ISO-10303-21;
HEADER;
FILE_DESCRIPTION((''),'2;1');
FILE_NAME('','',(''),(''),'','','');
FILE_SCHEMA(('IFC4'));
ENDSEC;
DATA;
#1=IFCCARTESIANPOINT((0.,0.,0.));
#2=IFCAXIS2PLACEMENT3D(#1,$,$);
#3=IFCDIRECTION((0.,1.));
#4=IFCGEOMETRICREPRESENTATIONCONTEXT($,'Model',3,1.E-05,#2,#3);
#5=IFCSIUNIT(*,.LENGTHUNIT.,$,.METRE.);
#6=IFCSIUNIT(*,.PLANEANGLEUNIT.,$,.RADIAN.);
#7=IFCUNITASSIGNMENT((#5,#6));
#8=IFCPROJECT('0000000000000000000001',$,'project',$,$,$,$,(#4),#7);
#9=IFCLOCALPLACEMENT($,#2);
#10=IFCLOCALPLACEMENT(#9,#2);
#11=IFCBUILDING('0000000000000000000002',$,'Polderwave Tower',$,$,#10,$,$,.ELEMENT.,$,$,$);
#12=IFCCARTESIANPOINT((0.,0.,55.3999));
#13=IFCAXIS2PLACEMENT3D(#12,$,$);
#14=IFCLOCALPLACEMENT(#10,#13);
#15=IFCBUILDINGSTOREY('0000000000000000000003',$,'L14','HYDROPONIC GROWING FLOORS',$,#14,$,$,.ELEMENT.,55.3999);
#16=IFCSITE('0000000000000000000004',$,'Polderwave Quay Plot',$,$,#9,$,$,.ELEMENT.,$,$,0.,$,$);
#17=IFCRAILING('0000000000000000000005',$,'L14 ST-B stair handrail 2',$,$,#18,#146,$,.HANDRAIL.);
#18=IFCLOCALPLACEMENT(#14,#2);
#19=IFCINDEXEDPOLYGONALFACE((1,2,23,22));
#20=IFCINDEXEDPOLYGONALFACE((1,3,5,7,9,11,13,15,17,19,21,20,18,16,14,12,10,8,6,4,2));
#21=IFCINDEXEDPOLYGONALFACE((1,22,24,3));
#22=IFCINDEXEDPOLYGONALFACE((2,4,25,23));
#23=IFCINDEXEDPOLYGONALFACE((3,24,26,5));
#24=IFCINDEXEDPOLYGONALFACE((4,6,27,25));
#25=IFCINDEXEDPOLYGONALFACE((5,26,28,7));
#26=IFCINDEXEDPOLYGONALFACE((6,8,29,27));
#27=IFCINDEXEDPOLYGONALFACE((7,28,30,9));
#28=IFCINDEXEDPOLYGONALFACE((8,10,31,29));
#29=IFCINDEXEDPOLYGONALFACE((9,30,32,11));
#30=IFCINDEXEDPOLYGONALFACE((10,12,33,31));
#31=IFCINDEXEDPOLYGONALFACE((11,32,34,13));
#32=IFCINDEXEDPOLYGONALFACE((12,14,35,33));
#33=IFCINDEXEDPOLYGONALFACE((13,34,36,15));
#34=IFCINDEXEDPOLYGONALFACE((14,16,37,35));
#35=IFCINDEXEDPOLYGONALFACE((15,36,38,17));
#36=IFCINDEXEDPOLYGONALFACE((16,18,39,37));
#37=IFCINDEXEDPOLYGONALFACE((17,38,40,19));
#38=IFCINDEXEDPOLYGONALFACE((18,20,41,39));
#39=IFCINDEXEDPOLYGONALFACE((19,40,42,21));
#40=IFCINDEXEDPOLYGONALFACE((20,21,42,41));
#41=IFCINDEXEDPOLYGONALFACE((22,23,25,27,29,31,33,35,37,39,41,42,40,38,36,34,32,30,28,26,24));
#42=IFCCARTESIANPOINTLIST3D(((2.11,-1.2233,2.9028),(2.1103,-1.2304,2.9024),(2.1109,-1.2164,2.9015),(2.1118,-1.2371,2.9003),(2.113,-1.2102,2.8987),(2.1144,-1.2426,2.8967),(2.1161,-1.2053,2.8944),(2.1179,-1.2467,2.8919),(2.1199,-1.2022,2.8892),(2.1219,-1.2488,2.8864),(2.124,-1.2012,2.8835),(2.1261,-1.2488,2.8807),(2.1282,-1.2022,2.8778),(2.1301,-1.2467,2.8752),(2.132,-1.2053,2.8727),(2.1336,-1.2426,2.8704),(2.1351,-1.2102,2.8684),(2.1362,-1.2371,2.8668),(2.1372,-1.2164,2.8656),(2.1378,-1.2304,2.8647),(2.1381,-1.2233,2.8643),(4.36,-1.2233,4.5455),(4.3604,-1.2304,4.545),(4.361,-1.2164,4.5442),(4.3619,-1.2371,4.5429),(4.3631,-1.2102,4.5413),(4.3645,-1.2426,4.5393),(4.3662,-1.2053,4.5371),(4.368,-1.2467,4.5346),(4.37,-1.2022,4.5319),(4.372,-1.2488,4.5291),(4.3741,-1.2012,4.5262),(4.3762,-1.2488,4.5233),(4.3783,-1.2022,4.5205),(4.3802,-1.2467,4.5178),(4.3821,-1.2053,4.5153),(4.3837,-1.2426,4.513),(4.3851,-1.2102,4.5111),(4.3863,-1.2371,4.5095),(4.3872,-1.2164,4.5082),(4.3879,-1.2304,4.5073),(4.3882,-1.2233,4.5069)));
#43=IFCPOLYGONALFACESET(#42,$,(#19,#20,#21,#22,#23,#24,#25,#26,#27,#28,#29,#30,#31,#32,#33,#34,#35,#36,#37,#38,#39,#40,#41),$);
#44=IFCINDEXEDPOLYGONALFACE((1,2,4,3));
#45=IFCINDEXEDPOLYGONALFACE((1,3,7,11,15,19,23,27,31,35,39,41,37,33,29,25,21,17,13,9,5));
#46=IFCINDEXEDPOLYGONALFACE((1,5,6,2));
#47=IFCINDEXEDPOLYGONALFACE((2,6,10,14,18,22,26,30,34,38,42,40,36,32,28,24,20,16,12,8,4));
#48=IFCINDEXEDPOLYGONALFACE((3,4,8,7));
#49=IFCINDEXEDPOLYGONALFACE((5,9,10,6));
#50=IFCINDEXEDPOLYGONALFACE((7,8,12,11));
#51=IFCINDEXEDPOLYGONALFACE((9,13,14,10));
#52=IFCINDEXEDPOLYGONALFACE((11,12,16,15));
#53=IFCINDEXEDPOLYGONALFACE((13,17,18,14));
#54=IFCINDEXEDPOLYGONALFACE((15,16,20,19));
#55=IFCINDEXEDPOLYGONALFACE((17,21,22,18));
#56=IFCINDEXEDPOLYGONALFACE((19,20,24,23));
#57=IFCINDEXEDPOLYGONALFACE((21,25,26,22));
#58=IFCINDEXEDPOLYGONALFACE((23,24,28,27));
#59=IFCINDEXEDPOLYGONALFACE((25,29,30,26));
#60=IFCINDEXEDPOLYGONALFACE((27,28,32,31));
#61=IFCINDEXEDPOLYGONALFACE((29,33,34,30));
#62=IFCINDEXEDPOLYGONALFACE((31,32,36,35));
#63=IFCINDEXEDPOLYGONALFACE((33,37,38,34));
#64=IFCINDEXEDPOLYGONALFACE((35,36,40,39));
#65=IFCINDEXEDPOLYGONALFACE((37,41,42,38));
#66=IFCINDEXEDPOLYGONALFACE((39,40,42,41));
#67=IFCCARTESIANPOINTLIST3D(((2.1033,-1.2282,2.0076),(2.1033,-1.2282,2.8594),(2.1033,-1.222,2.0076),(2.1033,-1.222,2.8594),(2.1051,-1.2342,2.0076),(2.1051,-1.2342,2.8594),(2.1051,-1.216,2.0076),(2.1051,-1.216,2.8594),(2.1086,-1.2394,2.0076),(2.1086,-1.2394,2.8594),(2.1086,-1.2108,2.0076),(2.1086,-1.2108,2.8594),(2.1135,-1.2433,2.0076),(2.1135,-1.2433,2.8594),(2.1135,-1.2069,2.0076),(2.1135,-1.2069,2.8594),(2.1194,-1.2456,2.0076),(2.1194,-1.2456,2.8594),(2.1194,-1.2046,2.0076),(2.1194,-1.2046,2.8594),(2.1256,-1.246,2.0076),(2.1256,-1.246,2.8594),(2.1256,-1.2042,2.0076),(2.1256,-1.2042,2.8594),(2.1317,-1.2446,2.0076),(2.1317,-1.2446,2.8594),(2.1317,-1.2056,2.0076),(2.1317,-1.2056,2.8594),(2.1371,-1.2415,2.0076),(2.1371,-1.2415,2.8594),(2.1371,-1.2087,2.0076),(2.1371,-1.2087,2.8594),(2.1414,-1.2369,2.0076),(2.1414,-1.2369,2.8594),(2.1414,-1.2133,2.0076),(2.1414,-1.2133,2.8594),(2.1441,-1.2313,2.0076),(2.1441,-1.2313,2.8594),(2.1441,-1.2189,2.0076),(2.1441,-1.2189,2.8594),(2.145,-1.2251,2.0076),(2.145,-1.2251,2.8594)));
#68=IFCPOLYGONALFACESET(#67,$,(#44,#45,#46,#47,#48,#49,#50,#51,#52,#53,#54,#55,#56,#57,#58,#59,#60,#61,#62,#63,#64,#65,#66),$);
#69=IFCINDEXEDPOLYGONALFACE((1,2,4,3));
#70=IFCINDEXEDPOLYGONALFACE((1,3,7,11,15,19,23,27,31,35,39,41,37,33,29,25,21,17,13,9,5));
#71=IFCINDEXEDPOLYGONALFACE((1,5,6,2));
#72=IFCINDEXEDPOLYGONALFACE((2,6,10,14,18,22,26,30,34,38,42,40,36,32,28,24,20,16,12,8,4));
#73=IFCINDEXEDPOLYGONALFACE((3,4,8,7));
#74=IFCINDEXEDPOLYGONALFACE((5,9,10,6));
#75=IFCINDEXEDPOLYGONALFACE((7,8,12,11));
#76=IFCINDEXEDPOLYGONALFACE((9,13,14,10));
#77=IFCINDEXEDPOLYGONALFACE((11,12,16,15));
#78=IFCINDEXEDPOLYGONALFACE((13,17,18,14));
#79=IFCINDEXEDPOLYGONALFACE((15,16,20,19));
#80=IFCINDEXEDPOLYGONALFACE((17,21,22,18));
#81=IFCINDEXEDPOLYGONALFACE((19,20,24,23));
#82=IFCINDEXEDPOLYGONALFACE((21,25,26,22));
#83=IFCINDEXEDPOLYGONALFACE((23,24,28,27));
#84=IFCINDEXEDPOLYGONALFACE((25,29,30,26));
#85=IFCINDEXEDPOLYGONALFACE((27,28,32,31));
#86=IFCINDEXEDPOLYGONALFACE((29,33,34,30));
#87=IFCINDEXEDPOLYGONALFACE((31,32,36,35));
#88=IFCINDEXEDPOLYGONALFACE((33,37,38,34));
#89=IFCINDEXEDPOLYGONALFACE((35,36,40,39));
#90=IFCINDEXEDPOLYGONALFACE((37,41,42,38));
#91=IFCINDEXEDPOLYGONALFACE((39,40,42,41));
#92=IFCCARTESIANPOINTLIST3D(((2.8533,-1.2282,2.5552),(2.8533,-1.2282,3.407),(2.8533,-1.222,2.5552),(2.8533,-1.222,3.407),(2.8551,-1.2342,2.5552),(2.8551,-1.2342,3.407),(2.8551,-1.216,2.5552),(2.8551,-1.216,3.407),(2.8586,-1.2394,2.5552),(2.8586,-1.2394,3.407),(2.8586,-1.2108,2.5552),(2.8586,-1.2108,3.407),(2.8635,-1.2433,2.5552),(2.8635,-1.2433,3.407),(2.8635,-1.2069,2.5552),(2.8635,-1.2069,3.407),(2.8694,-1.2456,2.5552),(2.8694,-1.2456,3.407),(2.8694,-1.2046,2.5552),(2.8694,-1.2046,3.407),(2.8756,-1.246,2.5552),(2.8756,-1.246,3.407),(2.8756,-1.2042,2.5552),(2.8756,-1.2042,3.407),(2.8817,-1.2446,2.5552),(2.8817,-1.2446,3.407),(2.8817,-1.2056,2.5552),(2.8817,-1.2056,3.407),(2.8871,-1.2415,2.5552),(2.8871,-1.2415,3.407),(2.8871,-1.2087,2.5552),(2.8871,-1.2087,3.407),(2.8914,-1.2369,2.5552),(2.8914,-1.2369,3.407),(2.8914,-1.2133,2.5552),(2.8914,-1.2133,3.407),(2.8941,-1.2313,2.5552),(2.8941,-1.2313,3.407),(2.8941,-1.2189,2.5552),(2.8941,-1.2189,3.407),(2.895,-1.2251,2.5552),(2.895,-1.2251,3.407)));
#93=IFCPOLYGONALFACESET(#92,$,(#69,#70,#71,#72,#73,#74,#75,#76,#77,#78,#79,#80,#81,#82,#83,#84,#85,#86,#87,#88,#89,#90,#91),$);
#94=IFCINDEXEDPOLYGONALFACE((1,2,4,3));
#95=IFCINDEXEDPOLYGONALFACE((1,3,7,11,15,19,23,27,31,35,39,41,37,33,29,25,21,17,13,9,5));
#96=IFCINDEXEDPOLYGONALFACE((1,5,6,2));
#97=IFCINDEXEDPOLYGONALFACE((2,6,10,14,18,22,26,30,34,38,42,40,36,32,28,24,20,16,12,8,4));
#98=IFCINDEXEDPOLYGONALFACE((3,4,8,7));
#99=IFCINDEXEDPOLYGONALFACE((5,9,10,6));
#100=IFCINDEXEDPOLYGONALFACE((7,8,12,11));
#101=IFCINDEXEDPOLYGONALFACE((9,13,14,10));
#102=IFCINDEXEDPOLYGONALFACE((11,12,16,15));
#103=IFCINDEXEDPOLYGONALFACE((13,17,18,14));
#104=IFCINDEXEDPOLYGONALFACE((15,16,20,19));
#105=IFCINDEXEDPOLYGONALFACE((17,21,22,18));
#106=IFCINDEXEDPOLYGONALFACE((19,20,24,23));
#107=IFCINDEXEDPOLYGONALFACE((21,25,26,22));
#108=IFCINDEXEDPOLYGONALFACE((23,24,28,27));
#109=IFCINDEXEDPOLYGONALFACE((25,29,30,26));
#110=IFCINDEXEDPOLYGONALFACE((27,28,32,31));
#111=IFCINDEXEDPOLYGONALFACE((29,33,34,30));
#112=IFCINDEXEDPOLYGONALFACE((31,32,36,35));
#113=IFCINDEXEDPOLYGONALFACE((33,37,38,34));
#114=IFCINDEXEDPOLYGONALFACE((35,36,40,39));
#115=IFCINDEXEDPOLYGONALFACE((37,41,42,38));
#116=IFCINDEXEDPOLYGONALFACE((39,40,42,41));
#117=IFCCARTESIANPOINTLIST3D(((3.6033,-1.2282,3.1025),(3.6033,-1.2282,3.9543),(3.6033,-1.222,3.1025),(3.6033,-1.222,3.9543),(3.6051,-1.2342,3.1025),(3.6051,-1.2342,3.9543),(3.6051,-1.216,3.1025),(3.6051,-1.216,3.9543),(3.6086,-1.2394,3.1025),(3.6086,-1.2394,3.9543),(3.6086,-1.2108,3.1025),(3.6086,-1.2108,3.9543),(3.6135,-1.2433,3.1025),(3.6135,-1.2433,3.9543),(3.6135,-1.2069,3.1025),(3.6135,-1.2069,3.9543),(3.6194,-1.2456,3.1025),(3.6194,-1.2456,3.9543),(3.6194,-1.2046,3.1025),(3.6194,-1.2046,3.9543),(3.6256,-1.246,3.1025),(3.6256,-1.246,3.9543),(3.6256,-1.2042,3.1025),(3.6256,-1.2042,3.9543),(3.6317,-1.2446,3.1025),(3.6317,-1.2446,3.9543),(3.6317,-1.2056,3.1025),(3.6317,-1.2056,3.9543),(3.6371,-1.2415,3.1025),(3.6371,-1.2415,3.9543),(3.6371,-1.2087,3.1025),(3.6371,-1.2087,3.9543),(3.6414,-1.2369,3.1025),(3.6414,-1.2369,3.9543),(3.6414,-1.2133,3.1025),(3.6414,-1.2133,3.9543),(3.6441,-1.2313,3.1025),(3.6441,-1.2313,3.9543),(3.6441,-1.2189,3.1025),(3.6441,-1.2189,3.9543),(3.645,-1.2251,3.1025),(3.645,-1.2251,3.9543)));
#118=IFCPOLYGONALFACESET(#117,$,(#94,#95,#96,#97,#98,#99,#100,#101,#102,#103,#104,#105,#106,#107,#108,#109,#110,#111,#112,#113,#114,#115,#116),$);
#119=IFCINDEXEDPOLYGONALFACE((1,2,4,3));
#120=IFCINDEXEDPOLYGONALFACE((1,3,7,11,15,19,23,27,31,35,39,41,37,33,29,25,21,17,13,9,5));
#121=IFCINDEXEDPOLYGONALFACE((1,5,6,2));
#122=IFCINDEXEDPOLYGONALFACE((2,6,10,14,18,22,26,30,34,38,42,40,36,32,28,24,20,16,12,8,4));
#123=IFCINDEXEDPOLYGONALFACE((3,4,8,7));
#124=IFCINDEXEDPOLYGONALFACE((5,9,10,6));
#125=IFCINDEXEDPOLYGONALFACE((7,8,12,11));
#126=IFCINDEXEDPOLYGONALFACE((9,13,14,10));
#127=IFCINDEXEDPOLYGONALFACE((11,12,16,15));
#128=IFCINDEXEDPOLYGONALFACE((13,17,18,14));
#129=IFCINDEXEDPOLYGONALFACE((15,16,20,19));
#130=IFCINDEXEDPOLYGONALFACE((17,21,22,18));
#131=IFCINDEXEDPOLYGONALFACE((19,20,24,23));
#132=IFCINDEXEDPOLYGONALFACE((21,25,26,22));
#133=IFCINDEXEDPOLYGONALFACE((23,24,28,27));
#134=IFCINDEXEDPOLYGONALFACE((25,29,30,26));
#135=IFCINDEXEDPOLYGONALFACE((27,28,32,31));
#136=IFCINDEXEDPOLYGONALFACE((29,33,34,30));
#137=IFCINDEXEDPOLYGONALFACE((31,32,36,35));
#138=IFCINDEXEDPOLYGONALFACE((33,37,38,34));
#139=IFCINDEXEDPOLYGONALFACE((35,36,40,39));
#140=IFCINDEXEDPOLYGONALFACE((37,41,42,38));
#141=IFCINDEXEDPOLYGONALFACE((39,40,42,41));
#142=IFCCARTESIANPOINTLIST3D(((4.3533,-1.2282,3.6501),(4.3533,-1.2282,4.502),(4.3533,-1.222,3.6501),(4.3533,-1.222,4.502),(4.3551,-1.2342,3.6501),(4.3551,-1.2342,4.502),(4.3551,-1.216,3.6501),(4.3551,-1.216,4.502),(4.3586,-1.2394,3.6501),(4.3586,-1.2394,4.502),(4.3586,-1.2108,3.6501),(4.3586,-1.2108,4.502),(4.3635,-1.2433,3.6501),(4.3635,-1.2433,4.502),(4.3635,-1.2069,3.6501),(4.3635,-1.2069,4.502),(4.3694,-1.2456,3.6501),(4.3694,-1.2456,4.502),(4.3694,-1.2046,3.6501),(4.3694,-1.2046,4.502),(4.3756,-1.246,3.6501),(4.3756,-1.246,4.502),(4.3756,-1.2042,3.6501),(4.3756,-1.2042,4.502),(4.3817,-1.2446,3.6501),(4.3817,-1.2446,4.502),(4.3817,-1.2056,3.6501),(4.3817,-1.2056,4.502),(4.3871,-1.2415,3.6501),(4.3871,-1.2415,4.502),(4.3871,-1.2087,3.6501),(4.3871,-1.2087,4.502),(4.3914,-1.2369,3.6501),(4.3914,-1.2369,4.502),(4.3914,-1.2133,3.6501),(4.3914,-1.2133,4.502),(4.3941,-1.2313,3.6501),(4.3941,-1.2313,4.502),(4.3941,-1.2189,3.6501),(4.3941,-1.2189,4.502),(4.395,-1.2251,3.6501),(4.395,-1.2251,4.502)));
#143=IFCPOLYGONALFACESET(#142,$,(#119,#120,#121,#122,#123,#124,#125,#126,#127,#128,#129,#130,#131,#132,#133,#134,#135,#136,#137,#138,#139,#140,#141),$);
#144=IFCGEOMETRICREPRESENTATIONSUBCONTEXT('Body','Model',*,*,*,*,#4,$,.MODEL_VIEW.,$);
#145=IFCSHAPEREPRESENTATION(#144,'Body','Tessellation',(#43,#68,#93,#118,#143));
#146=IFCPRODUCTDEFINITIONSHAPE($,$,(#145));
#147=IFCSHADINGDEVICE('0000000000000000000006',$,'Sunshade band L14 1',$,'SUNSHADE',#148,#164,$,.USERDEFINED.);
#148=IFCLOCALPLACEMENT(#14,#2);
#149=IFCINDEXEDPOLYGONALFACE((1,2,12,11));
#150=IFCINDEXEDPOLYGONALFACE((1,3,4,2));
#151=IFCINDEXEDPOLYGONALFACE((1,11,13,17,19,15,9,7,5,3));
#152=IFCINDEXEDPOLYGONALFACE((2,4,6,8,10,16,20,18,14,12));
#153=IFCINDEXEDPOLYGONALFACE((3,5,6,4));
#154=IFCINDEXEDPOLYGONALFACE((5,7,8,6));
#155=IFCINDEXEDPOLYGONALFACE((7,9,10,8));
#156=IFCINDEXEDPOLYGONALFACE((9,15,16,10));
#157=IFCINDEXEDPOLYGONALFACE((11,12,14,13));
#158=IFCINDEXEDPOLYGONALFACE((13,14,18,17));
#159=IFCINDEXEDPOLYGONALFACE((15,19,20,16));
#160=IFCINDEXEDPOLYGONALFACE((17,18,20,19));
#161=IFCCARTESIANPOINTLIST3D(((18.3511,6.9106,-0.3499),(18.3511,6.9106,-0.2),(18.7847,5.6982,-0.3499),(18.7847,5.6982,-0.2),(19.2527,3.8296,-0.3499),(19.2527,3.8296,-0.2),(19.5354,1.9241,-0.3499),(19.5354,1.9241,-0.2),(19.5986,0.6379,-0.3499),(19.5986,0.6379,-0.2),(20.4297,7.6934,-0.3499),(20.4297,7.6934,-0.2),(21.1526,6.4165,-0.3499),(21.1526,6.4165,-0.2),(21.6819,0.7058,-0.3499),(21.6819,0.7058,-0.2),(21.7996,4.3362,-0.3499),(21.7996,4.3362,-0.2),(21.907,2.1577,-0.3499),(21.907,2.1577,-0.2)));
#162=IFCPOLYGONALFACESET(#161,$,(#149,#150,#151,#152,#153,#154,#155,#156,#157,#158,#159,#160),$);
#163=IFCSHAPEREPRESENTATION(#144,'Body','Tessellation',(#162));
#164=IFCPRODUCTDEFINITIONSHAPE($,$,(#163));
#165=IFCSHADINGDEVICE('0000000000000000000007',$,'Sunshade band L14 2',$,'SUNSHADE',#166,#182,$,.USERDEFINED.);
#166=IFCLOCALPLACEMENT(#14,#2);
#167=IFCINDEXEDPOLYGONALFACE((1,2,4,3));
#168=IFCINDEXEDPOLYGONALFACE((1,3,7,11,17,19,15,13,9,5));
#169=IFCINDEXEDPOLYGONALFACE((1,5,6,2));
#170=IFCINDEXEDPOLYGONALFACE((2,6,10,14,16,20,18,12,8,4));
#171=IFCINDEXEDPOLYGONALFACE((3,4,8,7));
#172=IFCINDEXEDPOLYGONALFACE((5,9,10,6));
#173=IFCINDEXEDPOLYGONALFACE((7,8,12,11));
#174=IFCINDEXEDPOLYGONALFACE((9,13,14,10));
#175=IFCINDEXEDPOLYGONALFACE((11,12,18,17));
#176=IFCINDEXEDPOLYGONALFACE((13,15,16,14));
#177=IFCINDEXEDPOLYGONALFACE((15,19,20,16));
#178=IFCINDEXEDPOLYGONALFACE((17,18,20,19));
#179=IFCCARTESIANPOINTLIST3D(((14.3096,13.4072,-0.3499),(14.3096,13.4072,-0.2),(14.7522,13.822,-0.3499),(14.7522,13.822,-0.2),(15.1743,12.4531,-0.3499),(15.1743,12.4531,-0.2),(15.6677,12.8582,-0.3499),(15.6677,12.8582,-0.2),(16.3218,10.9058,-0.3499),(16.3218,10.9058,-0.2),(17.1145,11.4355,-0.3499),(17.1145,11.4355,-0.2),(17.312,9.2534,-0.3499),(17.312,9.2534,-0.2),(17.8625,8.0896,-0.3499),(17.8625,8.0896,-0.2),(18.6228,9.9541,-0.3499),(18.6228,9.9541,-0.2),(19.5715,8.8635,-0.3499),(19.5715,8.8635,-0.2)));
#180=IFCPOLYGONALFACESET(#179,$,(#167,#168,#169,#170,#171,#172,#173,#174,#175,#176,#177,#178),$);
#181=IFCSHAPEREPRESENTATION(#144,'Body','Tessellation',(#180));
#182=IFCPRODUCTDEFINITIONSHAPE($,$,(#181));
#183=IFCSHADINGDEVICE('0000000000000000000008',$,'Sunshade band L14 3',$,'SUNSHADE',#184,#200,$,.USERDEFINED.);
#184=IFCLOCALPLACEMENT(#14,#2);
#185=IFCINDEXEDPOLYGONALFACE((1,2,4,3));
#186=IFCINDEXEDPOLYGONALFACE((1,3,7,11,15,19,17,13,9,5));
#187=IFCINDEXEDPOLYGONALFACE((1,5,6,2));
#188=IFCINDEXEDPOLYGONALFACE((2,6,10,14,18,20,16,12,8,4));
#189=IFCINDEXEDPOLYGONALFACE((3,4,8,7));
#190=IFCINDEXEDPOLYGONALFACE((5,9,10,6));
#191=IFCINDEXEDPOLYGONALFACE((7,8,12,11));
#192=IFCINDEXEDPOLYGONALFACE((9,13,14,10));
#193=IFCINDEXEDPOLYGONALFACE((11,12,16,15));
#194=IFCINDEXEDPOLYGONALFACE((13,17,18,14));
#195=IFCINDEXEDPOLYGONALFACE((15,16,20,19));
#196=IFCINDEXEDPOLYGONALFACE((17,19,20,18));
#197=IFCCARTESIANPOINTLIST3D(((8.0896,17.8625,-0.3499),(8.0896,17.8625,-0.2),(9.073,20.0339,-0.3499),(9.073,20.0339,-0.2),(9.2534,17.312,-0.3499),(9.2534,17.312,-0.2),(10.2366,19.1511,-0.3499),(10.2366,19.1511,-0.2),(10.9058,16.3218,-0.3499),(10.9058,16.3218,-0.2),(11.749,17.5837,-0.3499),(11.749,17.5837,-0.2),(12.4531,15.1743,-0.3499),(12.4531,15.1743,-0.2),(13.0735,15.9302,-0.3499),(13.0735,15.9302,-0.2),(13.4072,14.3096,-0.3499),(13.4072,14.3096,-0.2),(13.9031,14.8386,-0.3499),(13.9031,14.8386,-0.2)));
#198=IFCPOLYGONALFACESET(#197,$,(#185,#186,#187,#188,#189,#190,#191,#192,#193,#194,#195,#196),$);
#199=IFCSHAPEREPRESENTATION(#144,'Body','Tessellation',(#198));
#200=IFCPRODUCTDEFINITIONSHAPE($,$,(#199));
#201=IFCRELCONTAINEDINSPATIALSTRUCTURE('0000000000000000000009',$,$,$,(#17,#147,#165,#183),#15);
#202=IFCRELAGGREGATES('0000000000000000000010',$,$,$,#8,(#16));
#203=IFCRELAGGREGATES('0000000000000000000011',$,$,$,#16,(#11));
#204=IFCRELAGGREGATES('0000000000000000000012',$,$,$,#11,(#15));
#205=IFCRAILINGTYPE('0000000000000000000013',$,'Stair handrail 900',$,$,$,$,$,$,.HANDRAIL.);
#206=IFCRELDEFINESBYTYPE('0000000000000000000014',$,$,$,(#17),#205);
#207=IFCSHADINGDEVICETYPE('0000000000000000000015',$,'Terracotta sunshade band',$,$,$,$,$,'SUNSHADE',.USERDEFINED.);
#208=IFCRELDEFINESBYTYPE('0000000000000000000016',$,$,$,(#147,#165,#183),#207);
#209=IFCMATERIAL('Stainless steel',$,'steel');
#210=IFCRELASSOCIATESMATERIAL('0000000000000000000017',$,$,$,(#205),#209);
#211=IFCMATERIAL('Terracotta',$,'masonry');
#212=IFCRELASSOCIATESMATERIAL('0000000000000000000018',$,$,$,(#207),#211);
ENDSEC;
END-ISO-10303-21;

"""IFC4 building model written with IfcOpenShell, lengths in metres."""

from ifc_helpers import new_model, si_unit, direction, frame, origin, origin_2d, place, context, subcontext, project, spatial, polyline, circle, outline, extrude, material, type_object, element, save


model = new_model("IFC4")

# Units and contexts
model_context = context("Model", 3, precision=1e-05, world=origin(), true_north=direction((0.0, 1.0)))
body_context = subcontext(model_context, "Body", "Model", "MODEL_VIEW")
ifc_project = project(units=[si_unit("LENGTHUNIT", "METRE"), si_unit("PLANEANGLEUNIT", "RADIAN")], contexts=[model_context])

# Site, building, storey
site_placement = place(None, origin())
site = spatial("IfcSite", under=ifc_project, at=site_placement, Name="Polderwave Quay Plot", CompositionType="ELEMENT", RefElevation=0.0)
building_placement = place(site_placement, origin())
building = spatial("IfcBuilding", under=site, at=building_placement, Name="Polderwave Tower", CompositionType="ELEMENT")
storey_placement = place(building_placement, frame((0.0, 0.0, 55.3999)))
storey = spatial("IfcBuildingStorey", under=building, at=storey_placement, Name="L14", Description="HYDROPONIC GROWING FLOORS", CompositionType="ELEMENT", Elevation=55.3999)

# Railing
ifc_material_1 = material(Name="Stainless steel", Category="steel")
railing_type_1 = type_object("IfcRailingType", Name="Stair handrail 900", PredefinedType="HANDRAIL", material=ifc_material_1)
railing_1_placement = place(storey_placement, frame((2.124, -1.2251, 2.0076)))
element("IfcRailing", 1, at=railing_1_placement, inside=storey, type_object=railing_type_1, Name="L14 ST-B stair handrail 2", PredefinedType="HANDRAIL", context=body_context, shape_type="SweptSolid", body=[
    extrude(circle(Radius=0.0239, at=origin_2d()), frame((0.0, 0.0, 0.876), z_axis=(0.807674, 0.0, 0.58963), x_axis=(0.0, 1.0, 0.0)), (0.0, 0.0, 1.0), 2.7859),
    extrude(circle(Radius=0.021, at=origin_2d()), origin(), (0.0, 0.0, 1.0), 0.8518),
    extrude(circle(Radius=0.021, at=origin_2d()), frame((0.75, 0.0, 0.5476)), (0.0, 0.0, 1.0), 0.8518),
    extrude(circle(Radius=0.021, at=origin_2d()), frame((1.5, 0.0, 1.095)), (0.0, 0.0, 1.0), 0.8518),
    extrude(circle(Radius=0.021, at=origin_2d()), frame((2.25, 0.0, 1.6426)), (0.0, 0.0, 1.0), 0.8518),
])

# Shading devices
ifc_material_2 = material(Name="Terracotta", Category="masonry")
shading_device_type = type_object("IfcShadingDeviceType", Name="Terracotta sunshade band", ElementType="SUNSHADE", PredefinedType="USERDEFINED", material=ifc_material_2)
shading_device_1_placement = place(storey_placement, frame((0.0, 0.0, -0.3499)))
element("IfcShadingDevice", 2, at=shading_device_1_placement, inside=storey, type_object=shading_device_type, Name="Sunshade band L14 1", ObjectType="SUNSHADE", PredefinedType="USERDEFINED", context=body_context, shape_type="SweptSolid", body=[
    extrude(outline(polyline([(19.5986, 0.6379), (19.5354, 1.9241), (19.2527, 3.8296), (18.7847, 5.6982), (18.3511, 6.9106), (20.4297, 7.6934), (21.1526, 6.4165), (21.7996, 4.3362), (21.907, 2.1577), (21.6819, 0.7058), (19.5986, 0.6379)])), origin(), (0.0, 0.0, 1.0), 0.1499),
])
shading_device_2_placement = place(storey_placement, frame((0.0, 0.0, -0.3499)))
element("IfcShadingDevice", 3, at=shading_device_2_placement, inside=storey, type_object=shading_device_type, Name="Sunshade band L14 2", ObjectType="SUNSHADE", PredefinedType="USERDEFINED", context=body_context, shape_type="SweptSolid", body=[
    extrude(outline(polyline([(17.8625, 8.0896), (17.312, 9.2534), (16.3218, 10.9058), (15.1743, 12.4531), (14.3096, 13.4072), (14.7522, 13.822), (15.6677, 12.8582), (17.1145, 11.4355), (18.6228, 9.9541), (19.5715, 8.8635), (17.8625, 8.0896)])), origin(), (0.0, 0.0, 1.0), 0.1499),
])
shading_device_3_placement = place(storey_placement, frame((0.0, 0.0, -0.3499)))
element("IfcShadingDevice", 4, at=shading_device_3_placement, inside=storey, type_object=shading_device_type, Name="Sunshade band L14 3", ObjectType="SUNSHADE", PredefinedType="USERDEFINED", context=body_context, shape_type="SweptSolid", body=[
    extrude(outline(polyline([(13.4072, 14.3096), (12.4531, 15.1743), (10.9058, 16.3218), (9.2534, 17.312), (8.0896, 17.8625), (9.073, 20.0339), (10.2366, 19.1511), (11.749, 17.5837), (13.0735, 15.9302), (13.9031, 14.8386), (13.4072, 14.3096)])), origin(), (0.0, 0.0, 1.0), 0.1499),
])

save(model, "model.ifc")
